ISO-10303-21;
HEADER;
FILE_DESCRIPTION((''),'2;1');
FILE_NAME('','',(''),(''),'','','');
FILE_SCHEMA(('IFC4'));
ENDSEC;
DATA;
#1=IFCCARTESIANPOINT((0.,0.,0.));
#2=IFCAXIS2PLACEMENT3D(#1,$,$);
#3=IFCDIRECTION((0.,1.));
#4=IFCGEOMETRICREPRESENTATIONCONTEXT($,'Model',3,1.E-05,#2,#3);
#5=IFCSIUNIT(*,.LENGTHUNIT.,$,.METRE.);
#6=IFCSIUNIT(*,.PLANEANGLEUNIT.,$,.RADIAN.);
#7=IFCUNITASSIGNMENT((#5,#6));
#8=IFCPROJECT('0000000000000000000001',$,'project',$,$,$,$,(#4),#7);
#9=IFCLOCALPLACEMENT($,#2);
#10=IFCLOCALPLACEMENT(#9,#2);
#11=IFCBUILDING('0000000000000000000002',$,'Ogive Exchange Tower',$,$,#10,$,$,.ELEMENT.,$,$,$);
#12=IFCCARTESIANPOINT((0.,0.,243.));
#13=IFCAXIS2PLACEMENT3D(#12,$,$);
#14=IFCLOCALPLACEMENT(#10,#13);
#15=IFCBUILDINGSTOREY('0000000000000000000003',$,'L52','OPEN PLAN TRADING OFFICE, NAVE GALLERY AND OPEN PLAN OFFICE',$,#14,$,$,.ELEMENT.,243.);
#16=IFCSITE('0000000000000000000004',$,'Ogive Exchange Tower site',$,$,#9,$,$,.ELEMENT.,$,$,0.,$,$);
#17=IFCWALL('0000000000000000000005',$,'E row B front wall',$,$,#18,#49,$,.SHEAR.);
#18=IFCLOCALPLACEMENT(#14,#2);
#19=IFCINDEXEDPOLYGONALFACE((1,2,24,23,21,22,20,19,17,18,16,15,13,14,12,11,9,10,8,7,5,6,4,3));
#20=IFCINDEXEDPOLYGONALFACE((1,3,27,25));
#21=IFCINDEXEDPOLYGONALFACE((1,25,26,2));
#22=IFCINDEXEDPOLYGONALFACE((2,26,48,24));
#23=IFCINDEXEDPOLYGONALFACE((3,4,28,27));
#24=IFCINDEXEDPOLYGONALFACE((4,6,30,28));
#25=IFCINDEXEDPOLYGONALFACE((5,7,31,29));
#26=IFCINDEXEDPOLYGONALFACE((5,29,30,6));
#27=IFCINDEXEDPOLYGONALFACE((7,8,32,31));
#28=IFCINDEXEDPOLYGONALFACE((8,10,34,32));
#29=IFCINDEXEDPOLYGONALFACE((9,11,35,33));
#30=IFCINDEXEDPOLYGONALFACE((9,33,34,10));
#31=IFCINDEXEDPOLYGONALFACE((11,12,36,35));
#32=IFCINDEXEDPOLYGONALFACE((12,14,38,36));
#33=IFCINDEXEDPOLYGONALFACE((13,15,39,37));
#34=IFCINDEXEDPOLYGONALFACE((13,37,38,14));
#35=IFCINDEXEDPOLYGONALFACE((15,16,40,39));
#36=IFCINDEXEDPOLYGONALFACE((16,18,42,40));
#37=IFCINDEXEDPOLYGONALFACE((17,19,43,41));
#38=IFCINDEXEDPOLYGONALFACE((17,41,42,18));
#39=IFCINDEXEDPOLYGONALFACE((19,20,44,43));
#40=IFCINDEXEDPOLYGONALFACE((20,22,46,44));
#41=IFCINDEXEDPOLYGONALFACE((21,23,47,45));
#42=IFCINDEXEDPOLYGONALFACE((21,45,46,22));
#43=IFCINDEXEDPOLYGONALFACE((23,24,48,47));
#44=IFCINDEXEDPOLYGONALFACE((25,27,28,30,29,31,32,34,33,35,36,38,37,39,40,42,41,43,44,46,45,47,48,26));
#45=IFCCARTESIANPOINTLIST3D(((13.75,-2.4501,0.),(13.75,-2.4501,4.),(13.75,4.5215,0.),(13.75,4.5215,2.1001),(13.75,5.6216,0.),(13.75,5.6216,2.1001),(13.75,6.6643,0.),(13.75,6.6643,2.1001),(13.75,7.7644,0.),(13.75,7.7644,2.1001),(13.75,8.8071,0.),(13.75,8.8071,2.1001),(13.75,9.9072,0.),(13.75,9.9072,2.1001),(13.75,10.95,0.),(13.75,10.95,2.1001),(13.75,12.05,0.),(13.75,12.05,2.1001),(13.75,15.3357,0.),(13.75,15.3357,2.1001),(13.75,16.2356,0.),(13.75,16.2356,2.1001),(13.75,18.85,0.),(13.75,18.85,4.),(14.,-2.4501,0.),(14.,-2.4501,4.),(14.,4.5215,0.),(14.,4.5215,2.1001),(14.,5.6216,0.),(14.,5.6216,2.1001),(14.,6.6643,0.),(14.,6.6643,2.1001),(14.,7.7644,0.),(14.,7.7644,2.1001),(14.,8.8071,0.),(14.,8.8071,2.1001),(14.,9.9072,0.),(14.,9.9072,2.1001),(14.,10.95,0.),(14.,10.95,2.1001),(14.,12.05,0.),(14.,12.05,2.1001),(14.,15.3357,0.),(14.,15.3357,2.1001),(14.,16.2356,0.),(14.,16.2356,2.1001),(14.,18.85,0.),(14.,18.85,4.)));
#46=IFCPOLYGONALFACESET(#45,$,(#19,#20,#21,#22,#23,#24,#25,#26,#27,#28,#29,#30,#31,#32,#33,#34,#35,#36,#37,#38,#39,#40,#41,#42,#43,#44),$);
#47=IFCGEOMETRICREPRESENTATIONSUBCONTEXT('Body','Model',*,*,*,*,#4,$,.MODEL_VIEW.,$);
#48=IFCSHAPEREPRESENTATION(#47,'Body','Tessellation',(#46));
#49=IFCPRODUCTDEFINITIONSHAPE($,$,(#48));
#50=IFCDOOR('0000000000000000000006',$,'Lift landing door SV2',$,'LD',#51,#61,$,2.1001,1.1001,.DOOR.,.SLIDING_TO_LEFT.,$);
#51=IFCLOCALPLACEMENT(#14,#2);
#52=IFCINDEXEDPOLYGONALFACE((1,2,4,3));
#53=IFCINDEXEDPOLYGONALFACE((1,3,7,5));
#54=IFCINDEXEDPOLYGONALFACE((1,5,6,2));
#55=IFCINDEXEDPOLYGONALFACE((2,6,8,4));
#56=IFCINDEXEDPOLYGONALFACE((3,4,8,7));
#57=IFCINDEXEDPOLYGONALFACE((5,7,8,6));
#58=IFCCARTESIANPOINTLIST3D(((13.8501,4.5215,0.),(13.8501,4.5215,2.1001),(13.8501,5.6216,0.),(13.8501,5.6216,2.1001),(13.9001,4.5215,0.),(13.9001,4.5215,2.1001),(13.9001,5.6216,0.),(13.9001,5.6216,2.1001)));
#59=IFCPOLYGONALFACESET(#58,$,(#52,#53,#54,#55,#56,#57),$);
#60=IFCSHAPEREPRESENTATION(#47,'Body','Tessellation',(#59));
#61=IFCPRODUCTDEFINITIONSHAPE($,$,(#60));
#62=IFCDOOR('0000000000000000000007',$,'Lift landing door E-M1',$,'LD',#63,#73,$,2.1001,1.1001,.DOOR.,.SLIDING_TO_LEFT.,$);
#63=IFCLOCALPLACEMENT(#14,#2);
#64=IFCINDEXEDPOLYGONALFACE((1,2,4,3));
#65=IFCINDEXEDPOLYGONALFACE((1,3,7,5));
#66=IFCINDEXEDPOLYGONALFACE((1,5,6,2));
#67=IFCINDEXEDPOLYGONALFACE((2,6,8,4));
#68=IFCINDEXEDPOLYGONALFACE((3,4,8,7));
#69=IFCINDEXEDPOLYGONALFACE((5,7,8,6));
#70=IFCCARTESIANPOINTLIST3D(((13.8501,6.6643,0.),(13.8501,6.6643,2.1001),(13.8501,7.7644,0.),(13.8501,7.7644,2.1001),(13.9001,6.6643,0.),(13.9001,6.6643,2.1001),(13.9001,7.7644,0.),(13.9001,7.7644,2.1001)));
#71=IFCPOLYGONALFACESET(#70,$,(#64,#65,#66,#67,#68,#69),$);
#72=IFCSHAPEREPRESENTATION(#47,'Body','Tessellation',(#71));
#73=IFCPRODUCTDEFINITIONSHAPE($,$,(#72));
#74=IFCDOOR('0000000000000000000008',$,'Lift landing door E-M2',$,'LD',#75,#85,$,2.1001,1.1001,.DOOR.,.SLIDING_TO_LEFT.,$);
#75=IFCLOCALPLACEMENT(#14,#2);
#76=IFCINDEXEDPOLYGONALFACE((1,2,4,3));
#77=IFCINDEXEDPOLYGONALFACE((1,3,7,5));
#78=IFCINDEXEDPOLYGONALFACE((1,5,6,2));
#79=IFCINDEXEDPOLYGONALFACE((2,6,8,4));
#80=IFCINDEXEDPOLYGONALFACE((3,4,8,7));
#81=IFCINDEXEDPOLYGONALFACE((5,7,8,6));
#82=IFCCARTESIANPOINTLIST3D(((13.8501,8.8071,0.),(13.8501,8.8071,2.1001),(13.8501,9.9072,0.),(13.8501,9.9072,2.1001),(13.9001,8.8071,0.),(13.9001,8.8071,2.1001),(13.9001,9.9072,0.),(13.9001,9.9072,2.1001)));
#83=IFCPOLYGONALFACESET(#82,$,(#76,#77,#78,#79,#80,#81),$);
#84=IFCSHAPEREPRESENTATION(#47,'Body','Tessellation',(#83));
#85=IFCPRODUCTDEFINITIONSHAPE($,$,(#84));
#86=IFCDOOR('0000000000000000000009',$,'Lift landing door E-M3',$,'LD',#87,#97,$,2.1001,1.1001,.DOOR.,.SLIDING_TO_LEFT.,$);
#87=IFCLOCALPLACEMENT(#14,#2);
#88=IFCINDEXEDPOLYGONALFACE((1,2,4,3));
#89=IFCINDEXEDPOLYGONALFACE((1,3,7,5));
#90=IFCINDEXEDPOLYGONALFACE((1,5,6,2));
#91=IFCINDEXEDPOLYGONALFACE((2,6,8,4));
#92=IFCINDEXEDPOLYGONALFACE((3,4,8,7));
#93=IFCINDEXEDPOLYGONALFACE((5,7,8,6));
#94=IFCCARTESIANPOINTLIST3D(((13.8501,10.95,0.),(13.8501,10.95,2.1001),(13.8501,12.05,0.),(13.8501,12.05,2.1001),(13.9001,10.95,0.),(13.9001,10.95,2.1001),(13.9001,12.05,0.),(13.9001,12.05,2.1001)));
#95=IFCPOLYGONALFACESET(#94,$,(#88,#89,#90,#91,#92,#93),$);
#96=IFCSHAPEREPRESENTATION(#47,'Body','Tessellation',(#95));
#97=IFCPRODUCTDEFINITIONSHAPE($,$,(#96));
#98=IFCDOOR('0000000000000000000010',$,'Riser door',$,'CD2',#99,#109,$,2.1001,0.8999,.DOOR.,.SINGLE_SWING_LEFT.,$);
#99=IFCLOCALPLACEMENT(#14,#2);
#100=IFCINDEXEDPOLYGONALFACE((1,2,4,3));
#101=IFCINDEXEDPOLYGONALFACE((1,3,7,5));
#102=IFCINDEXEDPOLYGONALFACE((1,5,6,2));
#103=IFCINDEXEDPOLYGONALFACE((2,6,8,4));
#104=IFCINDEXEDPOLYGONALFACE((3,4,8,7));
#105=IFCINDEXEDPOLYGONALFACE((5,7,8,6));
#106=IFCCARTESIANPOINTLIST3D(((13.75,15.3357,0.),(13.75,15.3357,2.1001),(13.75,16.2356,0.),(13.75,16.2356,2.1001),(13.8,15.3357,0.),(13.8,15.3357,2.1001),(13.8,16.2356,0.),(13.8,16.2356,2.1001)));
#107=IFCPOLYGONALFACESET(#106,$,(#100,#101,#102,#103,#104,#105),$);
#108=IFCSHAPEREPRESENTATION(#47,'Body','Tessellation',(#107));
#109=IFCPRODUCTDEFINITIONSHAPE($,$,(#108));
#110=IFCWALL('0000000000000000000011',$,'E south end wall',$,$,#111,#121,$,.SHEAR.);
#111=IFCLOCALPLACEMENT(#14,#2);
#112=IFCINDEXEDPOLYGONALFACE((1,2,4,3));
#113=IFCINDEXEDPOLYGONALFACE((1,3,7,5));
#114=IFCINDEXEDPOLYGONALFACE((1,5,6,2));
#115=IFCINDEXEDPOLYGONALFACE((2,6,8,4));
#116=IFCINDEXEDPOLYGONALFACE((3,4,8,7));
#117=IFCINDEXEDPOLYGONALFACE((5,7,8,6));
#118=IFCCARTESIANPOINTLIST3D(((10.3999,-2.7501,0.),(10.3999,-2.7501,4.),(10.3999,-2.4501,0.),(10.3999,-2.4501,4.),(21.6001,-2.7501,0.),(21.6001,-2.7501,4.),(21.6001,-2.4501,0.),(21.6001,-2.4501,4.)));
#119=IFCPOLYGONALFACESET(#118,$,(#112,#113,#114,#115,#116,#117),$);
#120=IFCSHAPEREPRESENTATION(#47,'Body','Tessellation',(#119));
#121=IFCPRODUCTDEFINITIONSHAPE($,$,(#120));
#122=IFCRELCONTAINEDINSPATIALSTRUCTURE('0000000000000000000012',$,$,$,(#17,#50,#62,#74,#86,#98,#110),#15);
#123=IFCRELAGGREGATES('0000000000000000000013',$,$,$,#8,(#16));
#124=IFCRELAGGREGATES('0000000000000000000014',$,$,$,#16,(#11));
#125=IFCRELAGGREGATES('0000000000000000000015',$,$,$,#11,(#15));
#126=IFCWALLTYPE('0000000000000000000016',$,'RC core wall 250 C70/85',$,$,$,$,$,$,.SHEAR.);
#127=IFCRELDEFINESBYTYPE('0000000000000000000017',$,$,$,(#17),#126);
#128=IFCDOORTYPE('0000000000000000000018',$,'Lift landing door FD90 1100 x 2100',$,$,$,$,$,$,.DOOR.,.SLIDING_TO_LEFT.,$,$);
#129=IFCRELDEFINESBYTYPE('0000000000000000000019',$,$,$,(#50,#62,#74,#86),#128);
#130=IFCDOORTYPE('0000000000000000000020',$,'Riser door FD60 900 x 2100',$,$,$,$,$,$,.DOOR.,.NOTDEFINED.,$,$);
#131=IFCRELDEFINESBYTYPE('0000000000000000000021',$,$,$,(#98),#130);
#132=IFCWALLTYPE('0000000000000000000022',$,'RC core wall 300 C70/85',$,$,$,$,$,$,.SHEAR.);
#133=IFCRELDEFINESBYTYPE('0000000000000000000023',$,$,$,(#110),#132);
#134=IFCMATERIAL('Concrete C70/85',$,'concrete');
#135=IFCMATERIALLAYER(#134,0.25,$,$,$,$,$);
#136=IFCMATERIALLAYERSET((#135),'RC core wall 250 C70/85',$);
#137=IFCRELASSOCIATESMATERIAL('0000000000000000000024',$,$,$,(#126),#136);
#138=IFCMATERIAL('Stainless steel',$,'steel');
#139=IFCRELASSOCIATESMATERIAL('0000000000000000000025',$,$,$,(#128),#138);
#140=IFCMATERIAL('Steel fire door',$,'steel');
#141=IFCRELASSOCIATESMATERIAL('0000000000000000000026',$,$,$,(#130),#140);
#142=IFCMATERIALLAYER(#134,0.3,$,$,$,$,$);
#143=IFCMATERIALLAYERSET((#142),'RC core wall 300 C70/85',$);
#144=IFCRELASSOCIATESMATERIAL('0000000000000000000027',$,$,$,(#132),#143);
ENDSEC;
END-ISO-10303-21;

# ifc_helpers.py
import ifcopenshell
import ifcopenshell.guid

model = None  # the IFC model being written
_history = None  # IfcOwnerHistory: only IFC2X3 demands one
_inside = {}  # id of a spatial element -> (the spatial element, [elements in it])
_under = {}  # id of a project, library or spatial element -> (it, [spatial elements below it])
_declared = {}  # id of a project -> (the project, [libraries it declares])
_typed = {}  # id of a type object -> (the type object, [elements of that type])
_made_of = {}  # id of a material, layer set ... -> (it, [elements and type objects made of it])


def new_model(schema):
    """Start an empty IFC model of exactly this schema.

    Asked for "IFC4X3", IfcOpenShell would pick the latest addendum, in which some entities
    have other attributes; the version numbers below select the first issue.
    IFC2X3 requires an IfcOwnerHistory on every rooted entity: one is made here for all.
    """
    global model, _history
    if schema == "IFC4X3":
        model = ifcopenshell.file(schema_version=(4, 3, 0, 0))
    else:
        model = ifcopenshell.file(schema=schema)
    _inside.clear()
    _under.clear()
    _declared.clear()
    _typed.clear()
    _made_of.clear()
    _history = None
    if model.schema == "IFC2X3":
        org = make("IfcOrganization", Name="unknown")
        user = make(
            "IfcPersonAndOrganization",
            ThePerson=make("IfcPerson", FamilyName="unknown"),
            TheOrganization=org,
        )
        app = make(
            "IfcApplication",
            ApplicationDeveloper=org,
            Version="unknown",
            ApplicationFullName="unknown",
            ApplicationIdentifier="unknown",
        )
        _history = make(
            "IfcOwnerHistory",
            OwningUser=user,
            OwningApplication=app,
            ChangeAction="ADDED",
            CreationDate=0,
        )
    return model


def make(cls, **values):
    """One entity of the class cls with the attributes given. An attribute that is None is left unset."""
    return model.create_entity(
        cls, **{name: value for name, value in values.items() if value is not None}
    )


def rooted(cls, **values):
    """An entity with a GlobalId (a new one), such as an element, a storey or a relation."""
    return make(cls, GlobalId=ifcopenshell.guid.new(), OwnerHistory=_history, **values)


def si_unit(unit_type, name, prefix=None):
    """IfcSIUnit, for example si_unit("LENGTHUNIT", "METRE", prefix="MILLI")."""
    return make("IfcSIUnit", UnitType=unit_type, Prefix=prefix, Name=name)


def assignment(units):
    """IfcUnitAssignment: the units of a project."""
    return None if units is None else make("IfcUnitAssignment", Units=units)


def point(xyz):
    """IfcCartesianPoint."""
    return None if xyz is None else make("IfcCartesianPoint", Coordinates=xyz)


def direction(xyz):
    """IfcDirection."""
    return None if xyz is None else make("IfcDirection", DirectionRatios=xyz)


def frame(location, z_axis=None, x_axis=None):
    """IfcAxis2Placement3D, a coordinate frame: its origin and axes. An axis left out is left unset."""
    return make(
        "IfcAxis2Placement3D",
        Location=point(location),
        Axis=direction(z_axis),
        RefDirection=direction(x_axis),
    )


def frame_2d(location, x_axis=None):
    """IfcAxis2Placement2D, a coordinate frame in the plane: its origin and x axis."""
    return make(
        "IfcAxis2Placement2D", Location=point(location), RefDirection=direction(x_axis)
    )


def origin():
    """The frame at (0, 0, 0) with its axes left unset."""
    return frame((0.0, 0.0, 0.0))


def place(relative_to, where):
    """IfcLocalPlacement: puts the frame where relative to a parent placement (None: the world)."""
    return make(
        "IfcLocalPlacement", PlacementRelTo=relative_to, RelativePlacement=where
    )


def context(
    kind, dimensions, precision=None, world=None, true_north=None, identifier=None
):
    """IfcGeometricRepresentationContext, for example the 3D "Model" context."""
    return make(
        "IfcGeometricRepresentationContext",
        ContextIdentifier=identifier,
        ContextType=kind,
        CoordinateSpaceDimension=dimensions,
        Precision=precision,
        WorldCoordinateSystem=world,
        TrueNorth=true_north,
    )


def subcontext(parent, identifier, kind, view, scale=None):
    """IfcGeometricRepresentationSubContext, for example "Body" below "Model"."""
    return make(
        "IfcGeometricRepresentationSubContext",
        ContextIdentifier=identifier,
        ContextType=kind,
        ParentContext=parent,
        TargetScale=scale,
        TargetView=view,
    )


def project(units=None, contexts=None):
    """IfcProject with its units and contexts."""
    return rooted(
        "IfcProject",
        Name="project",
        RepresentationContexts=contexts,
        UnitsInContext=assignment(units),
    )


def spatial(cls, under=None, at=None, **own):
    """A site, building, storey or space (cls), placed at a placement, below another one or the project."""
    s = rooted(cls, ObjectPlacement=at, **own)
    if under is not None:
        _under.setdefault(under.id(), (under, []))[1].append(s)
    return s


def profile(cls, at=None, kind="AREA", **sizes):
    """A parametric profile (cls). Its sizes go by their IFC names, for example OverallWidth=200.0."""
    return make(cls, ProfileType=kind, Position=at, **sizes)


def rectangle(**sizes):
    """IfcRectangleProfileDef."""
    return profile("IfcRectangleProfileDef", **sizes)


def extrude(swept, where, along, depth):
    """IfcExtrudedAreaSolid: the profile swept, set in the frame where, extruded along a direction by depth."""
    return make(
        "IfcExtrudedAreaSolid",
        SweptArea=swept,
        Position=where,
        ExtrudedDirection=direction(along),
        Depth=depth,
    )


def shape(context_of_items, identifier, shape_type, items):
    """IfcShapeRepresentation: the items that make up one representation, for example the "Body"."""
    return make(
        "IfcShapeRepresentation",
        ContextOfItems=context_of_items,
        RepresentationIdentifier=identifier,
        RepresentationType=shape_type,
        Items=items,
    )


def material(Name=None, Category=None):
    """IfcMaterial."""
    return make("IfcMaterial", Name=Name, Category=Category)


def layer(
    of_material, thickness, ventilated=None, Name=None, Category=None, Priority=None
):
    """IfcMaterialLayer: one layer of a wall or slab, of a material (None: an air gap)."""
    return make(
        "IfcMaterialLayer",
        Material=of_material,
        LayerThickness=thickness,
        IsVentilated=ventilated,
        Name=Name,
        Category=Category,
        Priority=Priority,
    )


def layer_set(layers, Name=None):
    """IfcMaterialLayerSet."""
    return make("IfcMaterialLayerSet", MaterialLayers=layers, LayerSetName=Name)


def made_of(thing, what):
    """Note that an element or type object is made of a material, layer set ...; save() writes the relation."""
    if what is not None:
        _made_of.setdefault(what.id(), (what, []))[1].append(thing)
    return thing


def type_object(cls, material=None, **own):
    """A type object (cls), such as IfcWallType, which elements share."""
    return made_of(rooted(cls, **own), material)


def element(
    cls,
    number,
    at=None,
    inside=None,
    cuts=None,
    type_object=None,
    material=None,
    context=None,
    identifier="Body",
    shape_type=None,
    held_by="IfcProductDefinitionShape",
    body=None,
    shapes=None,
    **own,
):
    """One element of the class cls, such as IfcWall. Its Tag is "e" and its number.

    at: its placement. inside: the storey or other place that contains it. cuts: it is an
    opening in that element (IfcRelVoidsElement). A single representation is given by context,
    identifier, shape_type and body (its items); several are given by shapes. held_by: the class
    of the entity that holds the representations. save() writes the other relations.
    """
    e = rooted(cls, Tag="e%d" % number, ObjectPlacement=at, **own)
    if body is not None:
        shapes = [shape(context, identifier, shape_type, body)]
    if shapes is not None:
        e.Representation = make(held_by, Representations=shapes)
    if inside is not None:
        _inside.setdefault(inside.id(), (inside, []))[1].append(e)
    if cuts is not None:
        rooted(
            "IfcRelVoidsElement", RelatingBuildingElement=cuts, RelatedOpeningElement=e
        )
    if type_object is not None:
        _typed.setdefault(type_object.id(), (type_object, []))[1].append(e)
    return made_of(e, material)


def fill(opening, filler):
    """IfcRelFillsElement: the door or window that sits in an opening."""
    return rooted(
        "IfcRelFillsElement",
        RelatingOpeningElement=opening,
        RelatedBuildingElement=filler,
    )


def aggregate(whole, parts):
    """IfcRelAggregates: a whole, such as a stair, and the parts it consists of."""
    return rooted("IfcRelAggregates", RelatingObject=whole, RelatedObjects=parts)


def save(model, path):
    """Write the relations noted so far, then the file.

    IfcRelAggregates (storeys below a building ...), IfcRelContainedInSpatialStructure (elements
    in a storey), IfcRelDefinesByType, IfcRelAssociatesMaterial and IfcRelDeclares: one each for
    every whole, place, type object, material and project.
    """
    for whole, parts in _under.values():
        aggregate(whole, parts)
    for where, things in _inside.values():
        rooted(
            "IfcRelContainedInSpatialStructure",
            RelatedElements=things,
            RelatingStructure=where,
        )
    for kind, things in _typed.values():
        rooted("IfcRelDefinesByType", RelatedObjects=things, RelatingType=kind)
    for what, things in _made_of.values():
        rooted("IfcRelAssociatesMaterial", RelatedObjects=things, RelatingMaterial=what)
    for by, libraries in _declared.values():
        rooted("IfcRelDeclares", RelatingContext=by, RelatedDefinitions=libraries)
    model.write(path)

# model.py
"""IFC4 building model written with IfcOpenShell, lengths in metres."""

from ifc_helpers import new_model, si_unit, direction, frame, frame_2d, origin, place, context, subcontext, project, spatial, rectangle, extrude, material, layer, layer_set, type_object, element, fill, save


model = new_model("IFC4")

# Units and contexts
model_context = context("Model", 3, precision=1e-05, world=origin(), true_north=direction((0.0, 1.0)))
body_context = subcontext(model_context, "Body", "Model", "MODEL_VIEW")
ifc_project = project(units=[si_unit("LENGTHUNIT", "METRE"), si_unit("PLANEANGLEUNIT", "RADIAN")], contexts=[model_context])

# Site, building, storey
site_placement = place(None, origin())
site = spatial("IfcSite", under=ifc_project, at=site_placement, Name="Ogive Exchange Tower site", CompositionType="ELEMENT", RefElevation=0.0)
building_placement = place(site_placement, origin())
building = spatial("IfcBuilding", under=site, at=building_placement, Name="Ogive Exchange Tower", CompositionType="ELEMENT")
storey_placement = place(building_placement, frame((0.0, 0.0, 243.0)))
storey = spatial("IfcBuildingStorey", under=building, at=storey_placement, Name="L52", Description="OPEN PLAN TRADING OFFICE, NAVE GALLERY AND OPEN PLAN OFFICE", CompositionType="ELEMENT", Elevation=243.0)

# Shared definitions
ifc_material_1 = material(Name="Concrete C70/85", Category="concrete")
ifc_layer_1 = layer(ifc_material_1, 0.25)
ifc_layer_set_1 = layer_set([ifc_layer_1], Name="RC core wall 250 C70/85")
wall_type_1 = type_object("IfcWallType", Name="RC core wall 250 C70/85", PredefinedType="SHEAR", material=ifc_layer_set_1)
ifc_material_2 = material(Name="Steel fire door", Category="steel")

# Wall, openings, doors
wall_1_placement = place(storey_placement, frame((13.875, -2.45, 0.0), z_axis=(0.0, 0.0, 1.0), x_axis=(0.0, 1.0, 0.0)))
wall_1 = element("IfcWall", 1, at=wall_1_placement, inside=storey, type_object=wall_type_1, Name="E row B front wall", PredefinedType="SHEAR", context=body_context, shape_type="SweptSolid", body=[
    extrude(rectangle(XDim=21.3, YDim=0.25, at=frame_2d((10.6499, 0.0))), origin(), (0.0, 0.0, 1.0), 4.0),
])
opening_1_placement = place(wall_1_placement, frame((17.7856, 0.0, 0.0)))
opening_1 = element("IfcOpeningElement", 2, at=opening_1_placement, cuts=wall_1, PredefinedType="OPENING", context=body_context, shape_type="SweptSolid", body=[
    extrude(rectangle(XDim=0.8999, YDim=2.1001, at=frame_2d((0.45, 1.05))), frame((0.0, 0.135, 0.0), z_axis=(0.0, -1.0, 0.0), x_axis=(1.0, 0.0, 0.0)), (0.0, 0.0, 1.0), 0.27),
])
opening_2_placement = place(wall_1_placement, frame((6.9714, 0.0, 0.0)))
opening_2 = element("IfcOpeningElement", 3, at=opening_2_placement, cuts=wall_1, PredefinedType="OPENING", context=body_context, shape_type="SweptSolid", body=[
    extrude(rectangle(XDim=1.1001, YDim=2.1001, at=frame_2d((0.55, 1.05))), frame((0.0, 0.135, 0.0), z_axis=(0.0, -1.0, 0.0), x_axis=(1.0, 0.0, 0.0)), (0.0, 0.0, 1.0), 0.27),
])
opening_3_placement = place(wall_1_placement, frame((9.1143, 0.0, 0.0)))
opening_3 = element("IfcOpeningElement", 4, at=opening_3_placement, cuts=wall_1, PredefinedType="OPENING", context=body_context, shape_type="SweptSolid", body=[
    extrude(rectangle(XDim=1.1001, YDim=2.1001, at=frame_2d((0.55, 1.05))), frame((0.0, 0.135, 0.0), z_axis=(0.0, -1.0, 0.0), x_axis=(1.0, 0.0, 0.0)), (0.0, 0.0, 1.0), 0.27),
])
opening_4_placement = place(wall_1_placement, frame((11.2571, 0.0, 0.0)))
opening_4 = element("IfcOpeningElement", 5, at=opening_4_placement, cuts=wall_1, PredefinedType="OPENING", context=body_context, shape_type="SweptSolid", body=[
    extrude(rectangle(XDim=1.1001, YDim=2.1001, at=frame_2d((0.55, 1.05))), frame((0.0, 0.135, 0.0), z_axis=(0.0, -1.0, 0.0), x_axis=(1.0, 0.0, 0.0)), (0.0, 0.0, 1.0), 0.27),
])
opening_5_placement = place(wall_1_placement, frame((13.3999, 0.0, 0.0)))
opening_5 = element("IfcOpeningElement", 6, at=opening_5_placement, cuts=wall_1, PredefinedType="OPENING", context=body_context, shape_type="SweptSolid", body=[
    extrude(rectangle(XDim=1.1001, YDim=2.1001, at=frame_2d((0.55, 1.05))), frame((0.0, 0.135, 0.0), z_axis=(0.0, -1.0, 0.0), x_axis=(1.0, 0.0, 0.0)), (0.0, 0.0, 1.0), 0.27),
])
ifc_material_3 = material(Name="Stainless steel", Category="steel")
door_type_1 = type_object("IfcDoorType", Name="Lift landing door FD90 1100 x 2100", OperationType="SLIDING_TO_LEFT", PredefinedType="DOOR", material=ifc_material_3)
door_1_placement = place(opening_2_placement, origin())
door_1 = element("IfcDoor", 7, at=door_1_placement, inside=storey, type_object=door_type_1, Name="Lift landing door SV2", ObjectType="LD", OperationType="SLIDING_TO_LEFT", OverallHeight=2.1001, OverallWidth=1.1001, PredefinedType="DOOR", context=body_context, shape_type="SweptSolid", body=[
    extrude(rectangle(XDim=1.1001, YDim=2.1001, at=frame_2d((0.55, 1.05))), frame((0.0, 0.0249, 0.0), z_axis=(0.0, -1.0, 0.0), x_axis=(1.0, 0.0, 0.0)), (0.0, 0.0, 1.0), 0.05),
])
fill(opening_2, door_1)
door_2_placement = place(opening_3_placement, origin())
door_2 = element("IfcDoor", 8, at=door_2_placement, inside=storey, type_object=door_type_1, Name="Lift landing door E-M1", ObjectType="LD", OperationType="SLIDING_TO_LEFT", OverallHeight=2.1001, OverallWidth=1.1001, PredefinedType="DOOR", context=body_context, shape_type="SweptSolid", body=[
    extrude(rectangle(XDim=1.1001, YDim=2.1001, at=frame_2d((0.55, 1.05))), frame((0.0, 0.0249, 0.0), z_axis=(0.0, -1.0, 0.0), x_axis=(1.0, 0.0, 0.0)), (0.0, 0.0, 1.0), 0.05),
])
fill(opening_3, door_2)
door_3_placement = place(opening_4_placement, origin())
door_3 = element("IfcDoor", 9, at=door_3_placement, inside=storey, type_object=door_type_1, Name="Lift landing door E-M2", ObjectType="LD", OperationType="SLIDING_TO_LEFT", OverallHeight=2.1001, OverallWidth=1.1001, PredefinedType="DOOR", context=body_context, shape_type="SweptSolid", body=[
    extrude(rectangle(XDim=1.1001, YDim=2.1001, at=frame_2d((0.55, 1.05))), frame((0.0, 0.0249, 0.0), z_axis=(0.0, -1.0, 0.0), x_axis=(1.0, 0.0, 0.0)), (0.0, 0.0, 1.0), 0.05),
])
fill(opening_4, door_3)
door_4_placement = place(opening_5_placement, origin())
door_4 = element("IfcDoor", 10, at=door_4_placement, inside=storey, type_object=door_type_1, Name="Lift landing door E-M3", ObjectType="LD", OperationType="SLIDING_TO_LEFT", OverallHeight=2.1001, OverallWidth=1.1001, PredefinedType="DOOR", context=body_context, shape_type="SweptSolid", body=[
    extrude(rectangle(XDim=1.1001, YDim=2.1001, at=frame_2d((0.55, 1.05))), frame((0.0, 0.0249, 0.0), z_axis=(0.0, -1.0, 0.0), x_axis=(1.0, 0.0, 0.0)), (0.0, 0.0, 1.0), 0.05),
])
fill(opening_5, door_4)
door_type_2 = type_object("IfcDoorType", Name="Riser door FD60 900 x 2100", OperationType="NOTDEFINED", PredefinedType="DOOR", material=ifc_material_2)
door_5_placement = place(opening_1_placement, origin())
door_5 = element("IfcDoor", 11, at=door_5_placement, inside=storey, type_object=door_type_2, Name="Riser door", ObjectType="CD2", OperationType="SINGLE_SWING_LEFT", OverallHeight=2.1001, OverallWidth=0.8999, PredefinedType="DOOR", context=body_context, shape_type="SweptSolid", body=[
    extrude(rectangle(XDim=0.8999, YDim=2.1001, at=frame_2d((0.45, 1.05))), frame((0.0, 0.125, 0.0), z_axis=(0.0, -1.0, 0.0), x_axis=(1.0, 0.0, 0.0)), (0.0, 0.0, 1.0), 0.05),
])
fill(opening_1, door_5)

# Wall
ifc_layer_2 = layer(ifc_material_1, 0.3)
ifc_layer_set_2 = layer_set([ifc_layer_2], Name="RC core wall 300 C70/85")
wall_type_2 = type_object("IfcWallType", Name="RC core wall 300 C70/85", PredefinedType="SHEAR", material=ifc_layer_set_2)
wall_2_placement = place(storey_placement, frame((10.3999, -2.6001, 0.0), z_axis=(0.0, 0.0, 1.0), x_axis=(1.0, 0.0, 0.0)))
element("IfcWall", 12, at=wall_2_placement, inside=storey, type_object=wall_type_2, Name="E south end wall", PredefinedType="SHEAR", context=body_context, shape_type="SweptSolid", body=[
    extrude(rectangle(XDim=11.2002, YDim=0.3, at=frame_2d((5.6001, 0.0))), origin(), (0.0, 0.0, 1.0), 4.0),
])

save(model, "model.ifc")
